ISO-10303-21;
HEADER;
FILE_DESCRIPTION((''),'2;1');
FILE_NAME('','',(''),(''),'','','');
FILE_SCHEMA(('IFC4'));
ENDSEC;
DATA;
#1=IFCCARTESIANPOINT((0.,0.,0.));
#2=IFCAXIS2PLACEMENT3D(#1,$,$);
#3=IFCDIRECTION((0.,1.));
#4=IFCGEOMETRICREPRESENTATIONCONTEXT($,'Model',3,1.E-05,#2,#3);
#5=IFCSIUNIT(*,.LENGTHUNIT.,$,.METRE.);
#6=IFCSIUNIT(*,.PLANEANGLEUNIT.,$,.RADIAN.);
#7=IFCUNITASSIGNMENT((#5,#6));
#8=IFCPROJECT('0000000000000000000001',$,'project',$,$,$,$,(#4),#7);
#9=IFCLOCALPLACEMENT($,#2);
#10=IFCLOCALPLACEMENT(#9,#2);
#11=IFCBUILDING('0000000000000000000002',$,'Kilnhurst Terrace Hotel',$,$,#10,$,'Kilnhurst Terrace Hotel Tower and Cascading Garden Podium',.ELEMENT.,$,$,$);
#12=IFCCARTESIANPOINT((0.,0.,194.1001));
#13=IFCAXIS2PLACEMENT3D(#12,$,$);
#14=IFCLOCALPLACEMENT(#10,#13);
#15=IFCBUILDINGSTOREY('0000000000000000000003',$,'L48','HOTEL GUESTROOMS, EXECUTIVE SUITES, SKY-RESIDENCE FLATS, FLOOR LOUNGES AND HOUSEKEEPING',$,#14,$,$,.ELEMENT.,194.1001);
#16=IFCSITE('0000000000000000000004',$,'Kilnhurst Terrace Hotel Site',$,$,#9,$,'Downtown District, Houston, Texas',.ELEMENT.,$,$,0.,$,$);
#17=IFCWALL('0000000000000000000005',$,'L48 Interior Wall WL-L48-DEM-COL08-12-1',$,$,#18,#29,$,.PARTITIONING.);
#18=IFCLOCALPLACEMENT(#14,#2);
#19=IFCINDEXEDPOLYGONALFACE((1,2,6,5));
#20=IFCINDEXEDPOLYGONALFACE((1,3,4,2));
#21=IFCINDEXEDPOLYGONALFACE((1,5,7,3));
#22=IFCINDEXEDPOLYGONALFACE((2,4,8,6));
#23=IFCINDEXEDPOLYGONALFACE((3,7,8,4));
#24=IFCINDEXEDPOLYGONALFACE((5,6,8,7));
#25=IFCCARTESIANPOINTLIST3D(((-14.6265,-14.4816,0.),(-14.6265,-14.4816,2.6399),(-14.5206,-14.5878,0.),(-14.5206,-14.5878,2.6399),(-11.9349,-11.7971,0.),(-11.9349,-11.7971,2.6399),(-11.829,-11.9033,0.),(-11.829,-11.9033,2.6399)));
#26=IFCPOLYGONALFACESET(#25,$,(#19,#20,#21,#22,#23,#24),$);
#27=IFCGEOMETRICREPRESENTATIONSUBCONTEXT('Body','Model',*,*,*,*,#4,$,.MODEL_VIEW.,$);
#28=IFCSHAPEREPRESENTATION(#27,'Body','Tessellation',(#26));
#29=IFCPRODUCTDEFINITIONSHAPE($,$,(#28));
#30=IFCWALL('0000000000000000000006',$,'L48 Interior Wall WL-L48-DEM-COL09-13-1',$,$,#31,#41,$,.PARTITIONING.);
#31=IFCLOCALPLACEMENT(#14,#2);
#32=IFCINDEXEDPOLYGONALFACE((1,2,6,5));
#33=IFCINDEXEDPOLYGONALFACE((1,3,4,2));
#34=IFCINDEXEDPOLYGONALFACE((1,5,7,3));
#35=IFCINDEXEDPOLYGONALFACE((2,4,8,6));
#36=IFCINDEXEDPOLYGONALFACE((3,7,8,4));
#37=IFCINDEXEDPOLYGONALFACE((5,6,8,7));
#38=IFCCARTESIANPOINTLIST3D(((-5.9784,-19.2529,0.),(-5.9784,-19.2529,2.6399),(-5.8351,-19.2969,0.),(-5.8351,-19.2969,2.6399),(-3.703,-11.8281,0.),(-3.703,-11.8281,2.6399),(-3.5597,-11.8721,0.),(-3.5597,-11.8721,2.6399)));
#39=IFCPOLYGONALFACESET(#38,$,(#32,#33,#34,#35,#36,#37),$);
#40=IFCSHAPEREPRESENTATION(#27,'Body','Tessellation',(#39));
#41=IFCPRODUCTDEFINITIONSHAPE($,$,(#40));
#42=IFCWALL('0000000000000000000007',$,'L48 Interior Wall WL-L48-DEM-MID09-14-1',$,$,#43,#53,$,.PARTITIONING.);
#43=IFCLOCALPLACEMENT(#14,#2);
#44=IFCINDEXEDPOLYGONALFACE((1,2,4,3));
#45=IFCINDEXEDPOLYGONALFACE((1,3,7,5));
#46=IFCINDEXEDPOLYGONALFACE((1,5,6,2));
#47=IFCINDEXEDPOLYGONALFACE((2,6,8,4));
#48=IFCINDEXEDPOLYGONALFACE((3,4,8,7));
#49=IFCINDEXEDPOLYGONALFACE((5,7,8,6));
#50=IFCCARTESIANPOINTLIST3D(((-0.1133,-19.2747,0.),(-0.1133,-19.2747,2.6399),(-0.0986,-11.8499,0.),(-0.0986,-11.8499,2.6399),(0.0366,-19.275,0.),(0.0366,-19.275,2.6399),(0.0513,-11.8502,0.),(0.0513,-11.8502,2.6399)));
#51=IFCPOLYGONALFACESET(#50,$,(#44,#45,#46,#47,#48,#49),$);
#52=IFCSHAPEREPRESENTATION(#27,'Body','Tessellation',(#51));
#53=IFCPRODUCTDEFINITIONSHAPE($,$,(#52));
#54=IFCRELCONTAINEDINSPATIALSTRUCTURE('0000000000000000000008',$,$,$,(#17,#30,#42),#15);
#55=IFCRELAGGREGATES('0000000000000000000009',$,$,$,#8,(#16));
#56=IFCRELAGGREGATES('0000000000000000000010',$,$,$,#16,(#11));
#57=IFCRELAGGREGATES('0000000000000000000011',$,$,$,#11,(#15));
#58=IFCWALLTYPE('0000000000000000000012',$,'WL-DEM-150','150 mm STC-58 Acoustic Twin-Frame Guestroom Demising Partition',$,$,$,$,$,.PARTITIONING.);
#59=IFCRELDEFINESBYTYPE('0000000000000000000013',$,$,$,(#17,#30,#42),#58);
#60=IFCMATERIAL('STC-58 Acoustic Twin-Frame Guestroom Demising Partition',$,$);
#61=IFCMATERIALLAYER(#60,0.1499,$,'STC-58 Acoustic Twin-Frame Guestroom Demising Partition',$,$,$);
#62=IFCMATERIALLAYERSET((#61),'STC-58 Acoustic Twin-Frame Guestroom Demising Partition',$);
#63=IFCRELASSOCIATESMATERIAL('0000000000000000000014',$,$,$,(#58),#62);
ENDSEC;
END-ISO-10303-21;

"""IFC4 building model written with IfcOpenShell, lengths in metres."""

from ifc_helpers import new_model, si_unit, direction, frame, frame_2d, origin, place, context, subcontext, project, spatial, rectangle, extrude, material, layer, layer_set, type_object, element, save


model = new_model("IFC4")

# Units and contexts
model_context = context("Model", 3, precision=1e-05, world=origin(), true_north=direction((0.0, 1.0)))
body_context = subcontext(model_context, "Body", "Model", "MODEL_VIEW")
ifc_project = project(units=[si_unit("LENGTHUNIT", "METRE"), si_unit("PLANEANGLEUNIT", "RADIAN")], contexts=[model_context])

# Site, building, storey
site_placement = place(None, origin())
site = spatial("IfcSite", under=ifc_project, at=site_placement, Name="Kilnhurst Terrace Hotel Site", LongName="Downtown District, Houston, Texas", CompositionType="ELEMENT", RefElevation=0.0)
building_placement = place(site_placement, origin())
building = spatial("IfcBuilding", under=site, at=building_placement, Name="Kilnhurst Terrace Hotel", LongName="Kilnhurst Terrace Hotel Tower and Cascading Garden Podium", CompositionType="ELEMENT")
storey_placement = place(building_placement, frame((0.0, 0.0, 194.1001)))
storey = spatial("IfcBuildingStorey", under=building, at=storey_placement, Name="L48", Description="HOTEL GUESTROOMS, EXECUTIVE SUITES, SKY-RESIDENCE FLATS, FLOOR LOUNGES AND HOUSEKEEPING", CompositionType="ELEMENT", Elevation=194.1001)

# Walls
ifc_material_1 = material(Name="STC-58 Acoustic Twin-Frame Guestroom Demising Partition")
ifc_layer_1 = layer(ifc_material_1, 0.1499, Name="STC-58 Acoustic Twin-Frame Guestroom Demising Partition")
ifc_layer_set_1 = layer_set([ifc_layer_1], Name="STC-58 Acoustic Twin-Frame Guestroom Demising Partition")
wall_type_1 = type_object("IfcWallType", Name="WL-DEM-150", Description="150 mm STC-58 Acoustic Twin-Frame Guestroom Demising Partition", PredefinedType="PARTITIONING", material=ifc_layer_set_1)
wall_1_placement = place(storey_placement, frame((-11.8818, -11.8501, 0.0), z_axis=(0.0, 0.0, 1.0), x_axis=(-0.708037, -0.706175, 0.0)))
element("IfcWall", 1, at=wall_1_placement, inside=storey, type_object=wall_type_1, Name="L48 Interior Wall WL-L48-DEM-COL08-12-1", PredefinedType="PARTITIONING", context=body_context, shape_type="SweptSolid", body=[
    extrude(rectangle(XDim=3.8015, YDim=0.1499, at=frame_2d((1.9009, 0.0))), origin(), (0.0, 0.0, 1.0), 2.6399),
])
wall_2_placement = place(storey_placement, frame((-3.6313, -11.8501, 0.0), z_axis=(0.0, 0.0, 1.0), x_axis=(-0.293008, -0.95611, 0.0)))
element("IfcWall", 2, at=wall_2_placement, inside=storey, type_object=wall_type_1, Name="L48 Interior Wall WL-L48-DEM-COL09-13-1", PredefinedType="PARTITIONING", context=body_context, shape_type="SweptSolid", body=[
    extrude(rectangle(XDim=7.7656, YDim=0.1499, at=frame_2d((3.8828, 0.0))), origin(), (0.0, 0.0, 1.0), 2.6399),
])
wall_3_placement = place(storey_placement, frame((-0.0237, -11.8501, 0.0), z_axis=(0.0, 0.0, 1.0), x_axis=(-0.001973, -0.999998, 0.0)))
element("IfcWall", 3, at=wall_3_placement, inside=storey, type_object=wall_type_1, Name="L48 Interior Wall WL-L48-DEM-MID09-14-1", PredefinedType="PARTITIONING", context=body_context, shape_type="SweptSolid", body=[
    extrude(rectangle(XDim=7.4248, YDim=0.1499, at=frame_2d((3.7124, 0.0))), origin(), (0.0, 0.0, 1.0), 2.6399),
])

save(model, "model.ifc")
